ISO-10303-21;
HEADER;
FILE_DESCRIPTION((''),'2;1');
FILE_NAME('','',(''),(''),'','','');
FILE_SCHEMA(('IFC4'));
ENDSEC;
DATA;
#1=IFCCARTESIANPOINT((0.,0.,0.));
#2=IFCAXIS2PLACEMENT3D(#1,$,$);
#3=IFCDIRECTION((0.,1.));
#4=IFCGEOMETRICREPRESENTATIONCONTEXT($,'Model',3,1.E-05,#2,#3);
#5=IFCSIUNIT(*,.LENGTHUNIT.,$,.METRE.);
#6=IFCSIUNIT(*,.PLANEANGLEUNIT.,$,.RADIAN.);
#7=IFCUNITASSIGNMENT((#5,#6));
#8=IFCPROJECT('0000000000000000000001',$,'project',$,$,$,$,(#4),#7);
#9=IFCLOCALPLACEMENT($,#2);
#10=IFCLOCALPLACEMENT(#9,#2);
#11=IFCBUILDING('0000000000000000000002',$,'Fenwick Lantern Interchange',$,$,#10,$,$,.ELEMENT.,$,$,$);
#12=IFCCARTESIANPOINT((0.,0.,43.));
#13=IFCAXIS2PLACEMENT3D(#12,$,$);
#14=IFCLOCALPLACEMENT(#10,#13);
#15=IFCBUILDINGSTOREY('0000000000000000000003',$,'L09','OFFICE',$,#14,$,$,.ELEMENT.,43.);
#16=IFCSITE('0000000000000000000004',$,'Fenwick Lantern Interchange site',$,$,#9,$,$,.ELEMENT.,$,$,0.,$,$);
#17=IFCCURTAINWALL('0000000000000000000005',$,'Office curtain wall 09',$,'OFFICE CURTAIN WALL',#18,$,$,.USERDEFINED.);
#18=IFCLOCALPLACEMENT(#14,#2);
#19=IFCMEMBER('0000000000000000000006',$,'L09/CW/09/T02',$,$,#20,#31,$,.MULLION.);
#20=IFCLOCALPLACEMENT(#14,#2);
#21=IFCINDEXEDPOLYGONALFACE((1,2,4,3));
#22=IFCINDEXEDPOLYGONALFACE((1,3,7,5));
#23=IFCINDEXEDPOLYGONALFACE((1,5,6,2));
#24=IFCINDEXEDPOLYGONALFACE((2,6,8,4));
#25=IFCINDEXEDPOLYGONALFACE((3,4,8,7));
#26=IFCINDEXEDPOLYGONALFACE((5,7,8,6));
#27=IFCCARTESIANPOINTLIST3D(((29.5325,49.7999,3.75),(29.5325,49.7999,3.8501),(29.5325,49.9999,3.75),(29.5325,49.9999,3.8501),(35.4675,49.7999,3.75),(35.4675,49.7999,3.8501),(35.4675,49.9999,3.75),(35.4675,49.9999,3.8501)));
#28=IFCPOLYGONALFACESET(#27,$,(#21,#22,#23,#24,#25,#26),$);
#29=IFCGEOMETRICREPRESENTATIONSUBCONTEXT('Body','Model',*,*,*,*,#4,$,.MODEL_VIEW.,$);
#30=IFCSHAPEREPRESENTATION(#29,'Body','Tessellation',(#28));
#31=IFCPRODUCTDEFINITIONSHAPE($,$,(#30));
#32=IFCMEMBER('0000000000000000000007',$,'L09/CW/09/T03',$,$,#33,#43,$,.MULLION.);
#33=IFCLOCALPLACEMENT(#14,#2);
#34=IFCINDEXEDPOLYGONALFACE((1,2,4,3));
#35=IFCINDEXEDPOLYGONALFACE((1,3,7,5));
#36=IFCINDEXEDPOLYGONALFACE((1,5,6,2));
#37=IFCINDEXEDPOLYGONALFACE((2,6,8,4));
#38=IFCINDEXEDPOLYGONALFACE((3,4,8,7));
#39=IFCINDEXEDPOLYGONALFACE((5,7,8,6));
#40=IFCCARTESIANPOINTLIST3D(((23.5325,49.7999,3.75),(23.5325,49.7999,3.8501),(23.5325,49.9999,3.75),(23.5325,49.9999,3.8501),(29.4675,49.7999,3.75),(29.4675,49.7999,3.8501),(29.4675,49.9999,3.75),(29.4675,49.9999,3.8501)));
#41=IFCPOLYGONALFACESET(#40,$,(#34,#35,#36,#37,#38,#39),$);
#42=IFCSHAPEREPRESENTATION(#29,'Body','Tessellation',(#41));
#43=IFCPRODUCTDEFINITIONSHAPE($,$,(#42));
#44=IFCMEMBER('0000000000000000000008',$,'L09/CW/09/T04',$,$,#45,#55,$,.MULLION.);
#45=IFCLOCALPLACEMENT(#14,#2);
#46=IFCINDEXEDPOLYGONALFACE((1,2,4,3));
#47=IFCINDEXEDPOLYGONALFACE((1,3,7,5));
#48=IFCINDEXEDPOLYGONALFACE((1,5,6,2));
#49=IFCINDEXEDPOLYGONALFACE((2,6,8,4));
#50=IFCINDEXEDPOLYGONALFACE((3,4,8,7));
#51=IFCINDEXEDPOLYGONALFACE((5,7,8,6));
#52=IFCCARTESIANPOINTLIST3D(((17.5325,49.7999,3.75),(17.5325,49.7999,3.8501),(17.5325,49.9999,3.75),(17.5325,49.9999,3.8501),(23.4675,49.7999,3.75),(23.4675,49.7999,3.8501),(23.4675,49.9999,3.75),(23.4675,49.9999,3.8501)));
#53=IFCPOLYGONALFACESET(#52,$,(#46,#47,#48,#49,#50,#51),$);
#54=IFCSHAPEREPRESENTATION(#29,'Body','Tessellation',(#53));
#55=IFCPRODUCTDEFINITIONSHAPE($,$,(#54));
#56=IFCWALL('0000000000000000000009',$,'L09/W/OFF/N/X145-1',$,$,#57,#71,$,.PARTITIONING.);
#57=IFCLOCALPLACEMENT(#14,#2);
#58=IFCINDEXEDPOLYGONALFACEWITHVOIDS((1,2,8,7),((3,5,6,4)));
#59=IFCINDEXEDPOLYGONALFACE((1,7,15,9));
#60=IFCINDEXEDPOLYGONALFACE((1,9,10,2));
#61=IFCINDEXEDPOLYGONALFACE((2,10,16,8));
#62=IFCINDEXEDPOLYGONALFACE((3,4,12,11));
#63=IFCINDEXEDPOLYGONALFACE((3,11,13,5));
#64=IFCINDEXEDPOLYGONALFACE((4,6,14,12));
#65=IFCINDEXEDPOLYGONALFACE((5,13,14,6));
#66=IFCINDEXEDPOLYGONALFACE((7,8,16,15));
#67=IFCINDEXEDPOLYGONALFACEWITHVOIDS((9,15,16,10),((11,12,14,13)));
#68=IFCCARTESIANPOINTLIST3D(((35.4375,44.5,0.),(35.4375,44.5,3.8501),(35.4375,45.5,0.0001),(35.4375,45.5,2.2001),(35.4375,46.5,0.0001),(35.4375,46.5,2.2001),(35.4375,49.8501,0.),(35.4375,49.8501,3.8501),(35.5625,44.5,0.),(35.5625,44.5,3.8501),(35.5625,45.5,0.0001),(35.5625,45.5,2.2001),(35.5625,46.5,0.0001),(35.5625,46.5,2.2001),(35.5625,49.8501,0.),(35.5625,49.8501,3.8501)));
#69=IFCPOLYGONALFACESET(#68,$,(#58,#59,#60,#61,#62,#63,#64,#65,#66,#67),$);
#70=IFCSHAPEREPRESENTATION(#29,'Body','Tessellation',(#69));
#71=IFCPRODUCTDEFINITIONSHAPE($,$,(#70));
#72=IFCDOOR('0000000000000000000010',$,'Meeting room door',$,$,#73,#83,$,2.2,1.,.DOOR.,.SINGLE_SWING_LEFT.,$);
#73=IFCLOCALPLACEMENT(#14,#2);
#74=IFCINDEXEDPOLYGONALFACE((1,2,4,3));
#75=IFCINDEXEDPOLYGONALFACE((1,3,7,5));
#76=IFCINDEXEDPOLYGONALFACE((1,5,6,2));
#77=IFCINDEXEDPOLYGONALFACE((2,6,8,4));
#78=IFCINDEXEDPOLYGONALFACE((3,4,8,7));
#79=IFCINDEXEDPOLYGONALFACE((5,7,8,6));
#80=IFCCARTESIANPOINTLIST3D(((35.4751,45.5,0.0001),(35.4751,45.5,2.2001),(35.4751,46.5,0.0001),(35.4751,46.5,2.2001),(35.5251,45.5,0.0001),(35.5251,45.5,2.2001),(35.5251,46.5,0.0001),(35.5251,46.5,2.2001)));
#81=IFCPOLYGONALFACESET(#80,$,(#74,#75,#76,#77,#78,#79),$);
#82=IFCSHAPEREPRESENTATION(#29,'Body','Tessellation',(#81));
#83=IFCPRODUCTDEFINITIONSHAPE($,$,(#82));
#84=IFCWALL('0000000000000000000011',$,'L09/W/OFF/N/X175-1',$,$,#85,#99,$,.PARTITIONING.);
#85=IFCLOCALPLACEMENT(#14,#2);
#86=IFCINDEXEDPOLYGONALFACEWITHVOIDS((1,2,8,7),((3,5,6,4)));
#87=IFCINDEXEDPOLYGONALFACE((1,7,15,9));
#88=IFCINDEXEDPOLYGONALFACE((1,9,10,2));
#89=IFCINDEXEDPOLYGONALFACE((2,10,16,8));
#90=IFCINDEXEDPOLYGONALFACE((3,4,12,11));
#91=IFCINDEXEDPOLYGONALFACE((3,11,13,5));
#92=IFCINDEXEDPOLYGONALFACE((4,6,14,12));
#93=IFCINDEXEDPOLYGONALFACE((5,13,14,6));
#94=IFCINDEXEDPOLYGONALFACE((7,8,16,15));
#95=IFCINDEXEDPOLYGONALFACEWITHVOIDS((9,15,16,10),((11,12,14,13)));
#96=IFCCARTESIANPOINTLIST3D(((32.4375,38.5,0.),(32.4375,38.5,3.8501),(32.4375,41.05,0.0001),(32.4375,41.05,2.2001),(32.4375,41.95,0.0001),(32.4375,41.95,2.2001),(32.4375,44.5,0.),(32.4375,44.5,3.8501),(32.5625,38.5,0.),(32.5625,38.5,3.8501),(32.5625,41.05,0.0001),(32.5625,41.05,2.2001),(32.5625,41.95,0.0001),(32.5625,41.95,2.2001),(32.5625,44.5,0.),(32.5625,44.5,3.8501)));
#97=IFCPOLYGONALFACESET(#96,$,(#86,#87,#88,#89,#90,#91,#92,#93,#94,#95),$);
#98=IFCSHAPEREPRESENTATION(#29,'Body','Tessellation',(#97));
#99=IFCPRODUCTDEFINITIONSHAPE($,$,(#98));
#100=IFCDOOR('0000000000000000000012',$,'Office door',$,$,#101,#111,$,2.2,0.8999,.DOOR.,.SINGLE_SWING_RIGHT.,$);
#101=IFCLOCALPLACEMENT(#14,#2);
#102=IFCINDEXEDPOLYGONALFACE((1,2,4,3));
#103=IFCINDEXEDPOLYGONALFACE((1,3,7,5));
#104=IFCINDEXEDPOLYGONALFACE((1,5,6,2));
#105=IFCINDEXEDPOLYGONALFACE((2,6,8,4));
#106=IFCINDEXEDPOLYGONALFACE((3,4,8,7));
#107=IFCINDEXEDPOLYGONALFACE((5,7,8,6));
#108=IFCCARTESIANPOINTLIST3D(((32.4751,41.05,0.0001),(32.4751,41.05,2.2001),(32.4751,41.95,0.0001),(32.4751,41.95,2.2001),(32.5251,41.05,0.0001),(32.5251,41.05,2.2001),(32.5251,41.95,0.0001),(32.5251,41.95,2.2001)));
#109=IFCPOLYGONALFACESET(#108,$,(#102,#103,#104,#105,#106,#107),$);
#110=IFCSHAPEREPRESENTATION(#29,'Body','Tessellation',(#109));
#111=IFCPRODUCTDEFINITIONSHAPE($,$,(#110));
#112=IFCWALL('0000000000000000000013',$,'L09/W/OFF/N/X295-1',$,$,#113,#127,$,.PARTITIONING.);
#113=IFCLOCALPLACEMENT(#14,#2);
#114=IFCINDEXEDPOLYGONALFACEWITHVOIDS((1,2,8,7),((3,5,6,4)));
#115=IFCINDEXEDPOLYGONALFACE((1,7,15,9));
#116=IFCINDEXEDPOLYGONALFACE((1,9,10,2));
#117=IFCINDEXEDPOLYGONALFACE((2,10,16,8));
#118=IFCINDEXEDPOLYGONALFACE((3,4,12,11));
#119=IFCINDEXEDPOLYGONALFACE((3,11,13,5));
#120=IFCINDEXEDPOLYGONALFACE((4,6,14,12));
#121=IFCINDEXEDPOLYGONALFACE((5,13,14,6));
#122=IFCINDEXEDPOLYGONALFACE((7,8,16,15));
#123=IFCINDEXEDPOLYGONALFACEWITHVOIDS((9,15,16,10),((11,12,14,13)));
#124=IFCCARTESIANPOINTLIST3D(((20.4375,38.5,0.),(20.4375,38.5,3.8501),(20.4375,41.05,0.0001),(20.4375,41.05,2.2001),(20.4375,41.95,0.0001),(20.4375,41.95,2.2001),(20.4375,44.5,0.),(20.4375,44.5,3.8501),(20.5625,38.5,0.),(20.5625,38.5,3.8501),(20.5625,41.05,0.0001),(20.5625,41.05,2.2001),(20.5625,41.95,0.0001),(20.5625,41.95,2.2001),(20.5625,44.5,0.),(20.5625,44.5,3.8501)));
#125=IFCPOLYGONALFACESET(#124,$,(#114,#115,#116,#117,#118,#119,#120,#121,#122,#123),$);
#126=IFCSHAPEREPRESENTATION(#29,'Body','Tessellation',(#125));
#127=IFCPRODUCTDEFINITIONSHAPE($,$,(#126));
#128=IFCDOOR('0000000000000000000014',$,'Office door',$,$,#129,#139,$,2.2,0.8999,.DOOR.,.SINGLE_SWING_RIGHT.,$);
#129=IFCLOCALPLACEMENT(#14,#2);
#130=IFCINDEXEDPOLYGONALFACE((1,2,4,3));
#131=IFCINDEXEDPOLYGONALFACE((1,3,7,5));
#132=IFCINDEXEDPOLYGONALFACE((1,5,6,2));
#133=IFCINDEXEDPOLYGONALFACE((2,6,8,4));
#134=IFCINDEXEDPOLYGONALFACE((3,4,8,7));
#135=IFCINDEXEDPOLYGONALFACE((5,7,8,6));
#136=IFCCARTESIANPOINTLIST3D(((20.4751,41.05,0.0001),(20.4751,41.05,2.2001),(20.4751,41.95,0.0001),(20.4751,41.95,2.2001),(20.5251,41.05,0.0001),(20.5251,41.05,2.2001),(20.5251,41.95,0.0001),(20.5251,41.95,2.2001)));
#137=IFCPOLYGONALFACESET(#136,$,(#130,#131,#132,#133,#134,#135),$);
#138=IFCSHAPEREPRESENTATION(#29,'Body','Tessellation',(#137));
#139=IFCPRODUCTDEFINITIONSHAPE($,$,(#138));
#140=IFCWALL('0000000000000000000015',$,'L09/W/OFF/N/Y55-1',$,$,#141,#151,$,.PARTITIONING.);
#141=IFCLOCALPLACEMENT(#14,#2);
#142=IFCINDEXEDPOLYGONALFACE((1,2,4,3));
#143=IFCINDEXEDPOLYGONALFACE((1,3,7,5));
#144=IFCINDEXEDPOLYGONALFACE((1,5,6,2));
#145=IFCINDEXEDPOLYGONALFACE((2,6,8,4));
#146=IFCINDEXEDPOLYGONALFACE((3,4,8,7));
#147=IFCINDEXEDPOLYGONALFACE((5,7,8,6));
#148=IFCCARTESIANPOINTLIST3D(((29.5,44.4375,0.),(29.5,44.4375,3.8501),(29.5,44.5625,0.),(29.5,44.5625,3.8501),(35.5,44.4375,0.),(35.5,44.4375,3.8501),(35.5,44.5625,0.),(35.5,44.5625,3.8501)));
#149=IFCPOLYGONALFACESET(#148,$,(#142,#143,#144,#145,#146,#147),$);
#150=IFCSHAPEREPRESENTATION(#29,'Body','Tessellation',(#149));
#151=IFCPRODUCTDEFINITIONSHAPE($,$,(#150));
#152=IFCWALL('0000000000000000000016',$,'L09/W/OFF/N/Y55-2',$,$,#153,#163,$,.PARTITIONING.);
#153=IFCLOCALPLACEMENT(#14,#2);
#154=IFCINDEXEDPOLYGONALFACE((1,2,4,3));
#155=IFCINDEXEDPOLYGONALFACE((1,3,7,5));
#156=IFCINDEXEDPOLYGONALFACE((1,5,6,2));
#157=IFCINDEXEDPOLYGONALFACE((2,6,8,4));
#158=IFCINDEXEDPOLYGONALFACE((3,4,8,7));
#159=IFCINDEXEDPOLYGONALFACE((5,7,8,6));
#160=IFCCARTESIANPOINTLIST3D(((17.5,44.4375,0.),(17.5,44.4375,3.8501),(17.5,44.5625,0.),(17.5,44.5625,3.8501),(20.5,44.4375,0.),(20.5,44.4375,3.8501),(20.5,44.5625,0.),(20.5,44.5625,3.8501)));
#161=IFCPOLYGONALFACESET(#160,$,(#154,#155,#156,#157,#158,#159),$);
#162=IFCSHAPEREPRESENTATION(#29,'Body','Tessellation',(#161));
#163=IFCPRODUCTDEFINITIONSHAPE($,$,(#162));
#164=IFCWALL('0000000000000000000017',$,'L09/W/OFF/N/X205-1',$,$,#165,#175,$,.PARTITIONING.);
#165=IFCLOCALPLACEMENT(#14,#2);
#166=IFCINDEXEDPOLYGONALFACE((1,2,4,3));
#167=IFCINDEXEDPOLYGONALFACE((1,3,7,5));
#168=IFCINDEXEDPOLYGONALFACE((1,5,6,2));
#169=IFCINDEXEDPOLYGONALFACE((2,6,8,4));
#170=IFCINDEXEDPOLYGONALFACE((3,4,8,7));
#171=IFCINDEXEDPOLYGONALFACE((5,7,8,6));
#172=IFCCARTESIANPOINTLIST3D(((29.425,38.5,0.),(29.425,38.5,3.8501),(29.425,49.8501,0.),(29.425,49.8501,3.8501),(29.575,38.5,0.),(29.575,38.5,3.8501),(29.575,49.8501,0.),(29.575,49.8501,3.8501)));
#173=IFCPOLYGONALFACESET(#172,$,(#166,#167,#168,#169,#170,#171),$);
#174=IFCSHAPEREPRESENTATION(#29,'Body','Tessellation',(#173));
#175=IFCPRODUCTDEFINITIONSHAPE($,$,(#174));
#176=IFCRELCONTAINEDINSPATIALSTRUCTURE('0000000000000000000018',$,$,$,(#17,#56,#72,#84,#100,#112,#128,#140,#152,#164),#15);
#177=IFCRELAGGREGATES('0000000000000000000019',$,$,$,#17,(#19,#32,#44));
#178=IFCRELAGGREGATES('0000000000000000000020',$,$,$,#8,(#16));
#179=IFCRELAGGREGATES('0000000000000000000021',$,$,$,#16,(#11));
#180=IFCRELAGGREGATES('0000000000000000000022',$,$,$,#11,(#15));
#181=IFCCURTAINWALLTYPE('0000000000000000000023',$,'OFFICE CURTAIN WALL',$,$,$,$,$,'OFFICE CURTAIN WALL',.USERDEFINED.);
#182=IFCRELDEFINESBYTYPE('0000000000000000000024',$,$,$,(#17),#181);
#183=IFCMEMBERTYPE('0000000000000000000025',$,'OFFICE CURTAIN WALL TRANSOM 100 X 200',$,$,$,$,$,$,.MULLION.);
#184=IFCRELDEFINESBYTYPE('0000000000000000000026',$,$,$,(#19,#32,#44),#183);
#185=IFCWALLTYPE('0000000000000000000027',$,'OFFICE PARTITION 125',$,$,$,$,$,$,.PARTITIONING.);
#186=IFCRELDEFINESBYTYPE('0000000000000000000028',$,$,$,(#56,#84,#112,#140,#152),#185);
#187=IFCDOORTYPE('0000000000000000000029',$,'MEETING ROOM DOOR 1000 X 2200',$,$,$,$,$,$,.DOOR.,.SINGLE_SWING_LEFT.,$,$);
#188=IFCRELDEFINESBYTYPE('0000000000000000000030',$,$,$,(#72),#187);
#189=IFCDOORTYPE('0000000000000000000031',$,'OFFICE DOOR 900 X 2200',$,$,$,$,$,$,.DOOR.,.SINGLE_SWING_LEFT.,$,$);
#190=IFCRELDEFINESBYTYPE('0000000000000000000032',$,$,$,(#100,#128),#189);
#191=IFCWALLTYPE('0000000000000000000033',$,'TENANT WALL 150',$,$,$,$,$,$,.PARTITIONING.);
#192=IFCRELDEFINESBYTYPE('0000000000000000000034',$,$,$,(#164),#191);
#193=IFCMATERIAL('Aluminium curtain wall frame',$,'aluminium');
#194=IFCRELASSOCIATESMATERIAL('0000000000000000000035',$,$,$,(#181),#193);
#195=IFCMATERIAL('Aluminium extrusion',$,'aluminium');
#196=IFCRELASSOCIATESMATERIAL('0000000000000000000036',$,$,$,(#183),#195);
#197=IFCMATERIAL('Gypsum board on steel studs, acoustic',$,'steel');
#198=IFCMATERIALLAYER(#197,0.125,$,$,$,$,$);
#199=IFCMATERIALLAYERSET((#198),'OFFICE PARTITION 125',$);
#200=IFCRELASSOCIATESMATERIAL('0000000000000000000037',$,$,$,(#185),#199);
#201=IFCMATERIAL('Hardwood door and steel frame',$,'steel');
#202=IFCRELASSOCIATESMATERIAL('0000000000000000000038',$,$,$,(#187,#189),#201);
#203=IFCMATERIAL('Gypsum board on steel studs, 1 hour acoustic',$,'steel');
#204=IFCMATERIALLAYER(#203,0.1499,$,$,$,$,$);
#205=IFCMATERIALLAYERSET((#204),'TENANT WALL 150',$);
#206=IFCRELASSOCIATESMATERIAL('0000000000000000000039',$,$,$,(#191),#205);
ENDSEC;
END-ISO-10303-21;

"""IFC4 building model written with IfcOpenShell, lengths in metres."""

from ifc_helpers import new_model, si_unit, direction, frame, frame_2d, origin, origin_2d, place, context, subcontext, project, spatial, rectangle, extrude, material, layer, layer_set, material_profile, profile_set, type_object, element, fill, aggregate, save


model = new_model("IFC4")

# Units and contexts
model_context = context("Model", 3, precision=1e-05, world=origin(), true_north=direction((0.0, 1.0)))
body_context = subcontext(model_context, "Body", "Model", "MODEL_VIEW")
ifc_project = project(units=[si_unit("LENGTHUNIT", "METRE"), si_unit("PLANEANGLEUNIT", "RADIAN")], contexts=[model_context])

# Site, building, storey
site_placement = place(None, origin())
site = spatial("IfcSite", under=ifc_project, at=site_placement, Name="Fenwick Lantern Interchange site", CompositionType="ELEMENT", RefElevation=0.0)
building_placement = place(site_placement, origin())
building = spatial("IfcBuilding", under=site, at=building_placement, Name="Fenwick Lantern Interchange", CompositionType="ELEMENT")
storey_placement = place(building_placement, frame((0.0, 0.0, 43.0)))
storey = spatial("IfcBuildingStorey", under=building, at=storey_placement, Name="L09", Description="OFFICE", CompositionType="ELEMENT", Elevation=43.0)

# Curtain wall, members
ifc_material_1 = material(Name="Aluminium curtain wall frame", Category="aluminium")
curtain_wall_type = type_object("IfcCurtainWallType", Name="OFFICE CURTAIN WALL", ElementType="OFFICE CURTAIN WALL", PredefinedType="USERDEFINED", material=ifc_material_1)
curtain_wall_placement = place(storey_placement, origin())
curtain_wall = element("IfcCurtainWall", 1, at=curtain_wall_placement, inside=storey, type_object=curtain_wall_type, Name="Office curtain wall 09", ObjectType="OFFICE CURTAIN WALL", PredefinedType="USERDEFINED")
ifc_material_2 = material(Name="Aluminium extrusion", Category="aluminium")
ifc_material_profile_1 = material_profile(ifc_material_2, rectangle(XDim=0.2, YDim=0.1001, at=origin_2d()), Name="OFFICE CURTAIN WALL TRANSOM 100 X 200")
ifc_profile_set_1 = profile_set([ifc_material_profile_1], Name="Aluminium extrusion")
member_type_1 = type_object("IfcMemberType", Name="OFFICE CURTAIN WALL TRANSOM 100 X 200", PredefinedType="MULLION", material=ifc_profile_set_1)
member_1_placement = place(storey_placement, frame((35.4675, 49.8999, 3.8), z_axis=(-1.0, 0.0, 0.0), x_axis=(0.0, -1.0, 0.0)))
member_1 = element("IfcMember", 2, at=member_1_placement, type_object=member_type_1, Name="L09/CW/09/T02", PredefinedType="MULLION", context=body_context, shape_type="SweptSolid", body=[
    extrude(rectangle(XDim=0.2, YDim=0.1001, at=origin_2d()), origin(), (0.0, 0.0, 1.0), 5.9351),
])
member_2_placement = place(storey_placement, frame((29.4675, 49.8999, 3.8), z_axis=(-1.0, 0.0, 0.0), x_axis=(0.0, -1.0, 0.0)))
member_2 = element("IfcMember", 3, at=member_2_placement, type_object=member_type_1, Name="L09/CW/09/T03", PredefinedType="MULLION", context=body_context, shape_type="SweptSolid", body=[
    extrude(rectangle(XDim=0.2, YDim=0.1001, at=origin_2d()), origin(), (0.0, 0.0, 1.0), 5.9351),
])
member_3_placement = place(storey_placement, frame((23.4675, 49.8999, 3.8), z_axis=(-1.0, 0.0, 0.0), x_axis=(0.0, -1.0, 0.0)))
member_3 = element("IfcMember", 4, at=member_3_placement, type_object=member_type_1, Name="L09/CW/09/T04", PredefinedType="MULLION", context=body_context, shape_type="SweptSolid", body=[
    extrude(rectangle(XDim=0.2, YDim=0.1001, at=origin_2d()), origin(), (0.0, 0.0, 1.0), 5.9351),
])
aggregate(curtain_wall, [member_1, member_2, member_3])

# Walls, openings, doors
ifc_material_3 = material(Name="Gypsum board on steel studs, acoustic", Category="steel")
ifc_layer_1 = layer(ifc_material_3, 0.125)
ifc_layer_set_1 = layer_set([ifc_layer_1], Name="OFFICE PARTITION 125")
wall_type_1 = type_object("IfcWallType", Name="OFFICE PARTITION 125", PredefinedType="PARTITIONING", material=ifc_layer_set_1)
wall_1_placement = place(storey_placement, frame((35.5, 49.8501, 0.0), z_axis=(0.0, 0.0, 1.0), x_axis=(0.0, -1.0, 0.0)))
wall_1 = element("IfcWall", 5, at=wall_1_placement, inside=storey, type_object=wall_type_1, Name="L09/W/OFF/N/X145-1", PredefinedType="PARTITIONING", context=body_context, shape_type="SweptSolid", body=[
    extrude(rectangle(XDim=5.3501, YDim=0.125, at=frame_2d((2.675, 0.0))), origin(), (0.0, 0.0, 1.0), 3.8501),
])
opening_1_placement = place(wall_1_placement, frame((3.3501, 0.0, 0.0)))
opening_1 = element("IfcOpeningElement", 6, at=opening_1_placement, cuts=wall_1, PredefinedType="OPENING", context=body_context, shape_type="SweptSolid", body=[
    extrude(rectangle(XDim=1.0, YDim=2.2, at=frame_2d((0.5, 1.1001))), frame((0.0, 0.0725, 0.0), z_axis=(0.0, -1.0, 0.0), x_axis=(1.0, 0.0, 0.0)), (0.0, 0.0, 1.0), 0.145),
])
ifc_material_4 = material(Name="Hardwood door and steel frame", Category="steel")
door_type_1 = type_object("IfcDoorType", Name="MEETING ROOM DOOR 1000 X 2200", OperationType="SINGLE_SWING_LEFT", PredefinedType="DOOR", material=ifc_material_4)
door_1_placement = place(opening_1_placement, frame((1.0, 0.0, 0.0), z_axis=(0.0, 0.0, 1.0), x_axis=(-1.0, 0.0, 0.0)))
door_1 = element("IfcDoor", 7, at=door_1_placement, inside=storey, type_object=door_type_1, Name="Meeting room door", OperationType="SINGLE_SWING_LEFT", OverallHeight=2.2, OverallWidth=1.0, PredefinedType="DOOR", context=body_context, shape_type="SweptSolid", body=[
    extrude(rectangle(XDim=1.0, YDim=2.2, at=frame_2d((0.5, 1.1001))), frame((0.0, 0.0249, 0.0), z_axis=(0.0, -1.0, 0.0), x_axis=(1.0, 0.0, 0.0)), (0.0, 0.0, 1.0), 0.05),
])
fill(opening_1, door_1)
wall_2_placement = place(storey_placement, frame((32.5, 44.5, 0.0), z_axis=(0.0, 0.0, 1.0), x_axis=(0.0, -1.0, 0.0)))
wall_2 = element("IfcWall", 8, at=wall_2_placement, inside=storey, type_object=wall_type_1, Name="L09/W/OFF/N/X175-1", PredefinedType="PARTITIONING", context=body_context, shape_type="SweptSolid", body=[
    extrude(rectangle(XDim=6.0, YDim=0.125, at=frame_2d((3.0, 0.0))), origin(), (0.0, 0.0, 1.0), 3.8501),
])
opening_2_placement = place(wall_2_placement, frame((2.55, 0.0, 0.0)))
opening_2 = element("IfcOpeningElement", 9, at=opening_2_placement, cuts=wall_2, PredefinedType="OPENING", context=body_context, shape_type="SweptSolid", body=[
    extrude(rectangle(XDim=0.8999, YDim=2.2, at=frame_2d((0.45, 1.1001))), frame((0.0, 0.0725, 0.0), z_axis=(0.0, -1.0, 0.0), x_axis=(1.0, 0.0, 0.0)), (0.0, 0.0, 1.0), 0.145),
])
door_type_2 = type_object("IfcDoorType", Name="OFFICE DOOR 900 X 2200", OperationType="SINGLE_SWING_LEFT", PredefinedType="DOOR", material=ifc_material_4)
door_2_placement = place(opening_2_placement, frame((0.8999, 0.0, 0.0), z_axis=(0.0, 0.0, 1.0), x_axis=(-1.0, 0.0, 0.0)))
door_2 = element("IfcDoor", 10, at=door_2_placement, inside=storey, type_object=door_type_2, Name="Office door", OperationType="SINGLE_SWING_RIGHT", OverallHeight=2.2, OverallWidth=0.8999, PredefinedType="DOOR", context=body_context, shape_type="SweptSolid", body=[
    extrude(rectangle(XDim=0.8999, YDim=2.2, at=frame_2d((0.45, 1.1001))), frame((0.0, 0.0249, 0.0), z_axis=(0.0, -1.0, 0.0), x_axis=(1.0, 0.0, 0.0)), (0.0, 0.0, 1.0), 0.05),
])
fill(opening_2, door_2)
wall_3_placement = place(storey_placement, frame((20.5, 44.5, 0.0), z_axis=(0.0, 0.0, 1.0), x_axis=(0.0, -1.0, 0.0)))
wall_3 = element("IfcWall", 11, at=wall_3_placement, inside=storey, type_object=wall_type_1, Name="L09/W/OFF/N/X295-1", PredefinedType="PARTITIONING", context=body_context, shape_type="SweptSolid", body=[
    extrude(rectangle(XDim=6.0, YDim=0.125, at=frame_2d((3.0, 0.0))), origin(), (0.0, 0.0, 1.0), 3.8501),
])
opening_3_placement = place(wall_3_placement, frame((2.55, 0.0, 0.0)))
opening_3 = element("IfcOpeningElement", 12, at=opening_3_placement, cuts=wall_3, PredefinedType="OPENING", context=body_context, shape_type="SweptSolid", body=[
    extrude(rectangle(XDim=0.8999, YDim=2.2, at=frame_2d((0.45, 1.1001))), frame((0.0, 0.0725, 0.0), z_axis=(0.0, -1.0, 0.0), x_axis=(1.0, 0.0, 0.0)), (0.0, 0.0, 1.0), 0.145),
])
door_3_placement = place(opening_3_placement, frame((0.8999, 0.0, 0.0), z_axis=(0.0, 0.0, 1.0), x_axis=(-1.0, 0.0, 0.0)))
door_3 = element("IfcDoor", 13, at=door_3_placement, inside=storey, type_object=door_type_2, Name="Office door", OperationType="SINGLE_SWING_RIGHT", OverallHeight=2.2, OverallWidth=0.8999, PredefinedType="DOOR", context=body_context, shape_type="SweptSolid", body=[
    extrude(rectangle(XDim=0.8999, YDim=2.2, at=frame_2d((0.45, 1.1001))), frame((0.0, 0.0249, 0.0), z_axis=(0.0, -1.0, 0.0), x_axis=(1.0, 0.0, 0.0)), (0.0, 0.0, 1.0), 0.05),
])
fill(opening_3, door_3)

# Walls
wall_4_placement = place(storey_placement, frame((35.5, 44.5, 0.0), z_axis=(0.0, 0.0, 1.0), x_axis=(-1.0, 0.0, 0.0)))
element("IfcWall", 14, at=wall_4_placement, inside=storey, type_object=wall_type_1, Name="L09/W/OFF/N/Y55-1", PredefinedType="PARTITIONING", context=body_context, shape_type="SweptSolid", body=[
    extrude(rectangle(XDim=6.0, YDim=0.125, at=frame_2d((3.0, 0.0))), origin(), (0.0, 0.0, 1.0), 3.8501),
])
wall_5_placement = place(storey_placement, frame((20.5, 44.5, 0.0), z_axis=(0.0, 0.0, 1.0), x_axis=(-1.0, 0.0, 0.0)))
element("IfcWall", 15, at=wall_5_placement, inside=storey, type_object=wall_type_1, Name="L09/W/OFF/N/Y55-2", PredefinedType="PARTITIONING", context=body_context, shape_type="SweptSolid", body=[
    extrude(rectangle(XDim=3.0, YDim=0.125, at=frame_2d((1.5, 0.0))), origin(), (0.0, 0.0, 1.0), 3.8501),
])
ifc_material_5 = material(Name="Gypsum board on steel studs, 1 hour acoustic", Category="steel")
ifc_layer_2 = layer(ifc_material_5, 0.1499)
ifc_layer_set_2 = layer_set([ifc_layer_2], Name="TENANT WALL 150")
wall_type_2 = type_object("IfcWallType", Name="TENANT WALL 150", PredefinedType="PARTITIONING", material=ifc_layer_set_2)
wall_6_placement = place(storey_placement, frame((29.5, 49.8501, 0.0), z_axis=(0.0, 0.0, 1.0), x_axis=(0.0, -1.0, 0.0)))
element("IfcWall", 16, at=wall_6_placement, inside=storey, type_object=wall_type_2, Name="L09/W/OFF/N/X205-1", PredefinedType="PARTITIONING", context=body_context, shape_type="SweptSolid", body=[
    extrude(rectangle(XDim=11.3501, YDim=0.1499, at=frame_2d((5.675, 0.0))), origin(), (0.0, 0.0, 1.0), 3.8501),
])

save(model, "model.ifc")
